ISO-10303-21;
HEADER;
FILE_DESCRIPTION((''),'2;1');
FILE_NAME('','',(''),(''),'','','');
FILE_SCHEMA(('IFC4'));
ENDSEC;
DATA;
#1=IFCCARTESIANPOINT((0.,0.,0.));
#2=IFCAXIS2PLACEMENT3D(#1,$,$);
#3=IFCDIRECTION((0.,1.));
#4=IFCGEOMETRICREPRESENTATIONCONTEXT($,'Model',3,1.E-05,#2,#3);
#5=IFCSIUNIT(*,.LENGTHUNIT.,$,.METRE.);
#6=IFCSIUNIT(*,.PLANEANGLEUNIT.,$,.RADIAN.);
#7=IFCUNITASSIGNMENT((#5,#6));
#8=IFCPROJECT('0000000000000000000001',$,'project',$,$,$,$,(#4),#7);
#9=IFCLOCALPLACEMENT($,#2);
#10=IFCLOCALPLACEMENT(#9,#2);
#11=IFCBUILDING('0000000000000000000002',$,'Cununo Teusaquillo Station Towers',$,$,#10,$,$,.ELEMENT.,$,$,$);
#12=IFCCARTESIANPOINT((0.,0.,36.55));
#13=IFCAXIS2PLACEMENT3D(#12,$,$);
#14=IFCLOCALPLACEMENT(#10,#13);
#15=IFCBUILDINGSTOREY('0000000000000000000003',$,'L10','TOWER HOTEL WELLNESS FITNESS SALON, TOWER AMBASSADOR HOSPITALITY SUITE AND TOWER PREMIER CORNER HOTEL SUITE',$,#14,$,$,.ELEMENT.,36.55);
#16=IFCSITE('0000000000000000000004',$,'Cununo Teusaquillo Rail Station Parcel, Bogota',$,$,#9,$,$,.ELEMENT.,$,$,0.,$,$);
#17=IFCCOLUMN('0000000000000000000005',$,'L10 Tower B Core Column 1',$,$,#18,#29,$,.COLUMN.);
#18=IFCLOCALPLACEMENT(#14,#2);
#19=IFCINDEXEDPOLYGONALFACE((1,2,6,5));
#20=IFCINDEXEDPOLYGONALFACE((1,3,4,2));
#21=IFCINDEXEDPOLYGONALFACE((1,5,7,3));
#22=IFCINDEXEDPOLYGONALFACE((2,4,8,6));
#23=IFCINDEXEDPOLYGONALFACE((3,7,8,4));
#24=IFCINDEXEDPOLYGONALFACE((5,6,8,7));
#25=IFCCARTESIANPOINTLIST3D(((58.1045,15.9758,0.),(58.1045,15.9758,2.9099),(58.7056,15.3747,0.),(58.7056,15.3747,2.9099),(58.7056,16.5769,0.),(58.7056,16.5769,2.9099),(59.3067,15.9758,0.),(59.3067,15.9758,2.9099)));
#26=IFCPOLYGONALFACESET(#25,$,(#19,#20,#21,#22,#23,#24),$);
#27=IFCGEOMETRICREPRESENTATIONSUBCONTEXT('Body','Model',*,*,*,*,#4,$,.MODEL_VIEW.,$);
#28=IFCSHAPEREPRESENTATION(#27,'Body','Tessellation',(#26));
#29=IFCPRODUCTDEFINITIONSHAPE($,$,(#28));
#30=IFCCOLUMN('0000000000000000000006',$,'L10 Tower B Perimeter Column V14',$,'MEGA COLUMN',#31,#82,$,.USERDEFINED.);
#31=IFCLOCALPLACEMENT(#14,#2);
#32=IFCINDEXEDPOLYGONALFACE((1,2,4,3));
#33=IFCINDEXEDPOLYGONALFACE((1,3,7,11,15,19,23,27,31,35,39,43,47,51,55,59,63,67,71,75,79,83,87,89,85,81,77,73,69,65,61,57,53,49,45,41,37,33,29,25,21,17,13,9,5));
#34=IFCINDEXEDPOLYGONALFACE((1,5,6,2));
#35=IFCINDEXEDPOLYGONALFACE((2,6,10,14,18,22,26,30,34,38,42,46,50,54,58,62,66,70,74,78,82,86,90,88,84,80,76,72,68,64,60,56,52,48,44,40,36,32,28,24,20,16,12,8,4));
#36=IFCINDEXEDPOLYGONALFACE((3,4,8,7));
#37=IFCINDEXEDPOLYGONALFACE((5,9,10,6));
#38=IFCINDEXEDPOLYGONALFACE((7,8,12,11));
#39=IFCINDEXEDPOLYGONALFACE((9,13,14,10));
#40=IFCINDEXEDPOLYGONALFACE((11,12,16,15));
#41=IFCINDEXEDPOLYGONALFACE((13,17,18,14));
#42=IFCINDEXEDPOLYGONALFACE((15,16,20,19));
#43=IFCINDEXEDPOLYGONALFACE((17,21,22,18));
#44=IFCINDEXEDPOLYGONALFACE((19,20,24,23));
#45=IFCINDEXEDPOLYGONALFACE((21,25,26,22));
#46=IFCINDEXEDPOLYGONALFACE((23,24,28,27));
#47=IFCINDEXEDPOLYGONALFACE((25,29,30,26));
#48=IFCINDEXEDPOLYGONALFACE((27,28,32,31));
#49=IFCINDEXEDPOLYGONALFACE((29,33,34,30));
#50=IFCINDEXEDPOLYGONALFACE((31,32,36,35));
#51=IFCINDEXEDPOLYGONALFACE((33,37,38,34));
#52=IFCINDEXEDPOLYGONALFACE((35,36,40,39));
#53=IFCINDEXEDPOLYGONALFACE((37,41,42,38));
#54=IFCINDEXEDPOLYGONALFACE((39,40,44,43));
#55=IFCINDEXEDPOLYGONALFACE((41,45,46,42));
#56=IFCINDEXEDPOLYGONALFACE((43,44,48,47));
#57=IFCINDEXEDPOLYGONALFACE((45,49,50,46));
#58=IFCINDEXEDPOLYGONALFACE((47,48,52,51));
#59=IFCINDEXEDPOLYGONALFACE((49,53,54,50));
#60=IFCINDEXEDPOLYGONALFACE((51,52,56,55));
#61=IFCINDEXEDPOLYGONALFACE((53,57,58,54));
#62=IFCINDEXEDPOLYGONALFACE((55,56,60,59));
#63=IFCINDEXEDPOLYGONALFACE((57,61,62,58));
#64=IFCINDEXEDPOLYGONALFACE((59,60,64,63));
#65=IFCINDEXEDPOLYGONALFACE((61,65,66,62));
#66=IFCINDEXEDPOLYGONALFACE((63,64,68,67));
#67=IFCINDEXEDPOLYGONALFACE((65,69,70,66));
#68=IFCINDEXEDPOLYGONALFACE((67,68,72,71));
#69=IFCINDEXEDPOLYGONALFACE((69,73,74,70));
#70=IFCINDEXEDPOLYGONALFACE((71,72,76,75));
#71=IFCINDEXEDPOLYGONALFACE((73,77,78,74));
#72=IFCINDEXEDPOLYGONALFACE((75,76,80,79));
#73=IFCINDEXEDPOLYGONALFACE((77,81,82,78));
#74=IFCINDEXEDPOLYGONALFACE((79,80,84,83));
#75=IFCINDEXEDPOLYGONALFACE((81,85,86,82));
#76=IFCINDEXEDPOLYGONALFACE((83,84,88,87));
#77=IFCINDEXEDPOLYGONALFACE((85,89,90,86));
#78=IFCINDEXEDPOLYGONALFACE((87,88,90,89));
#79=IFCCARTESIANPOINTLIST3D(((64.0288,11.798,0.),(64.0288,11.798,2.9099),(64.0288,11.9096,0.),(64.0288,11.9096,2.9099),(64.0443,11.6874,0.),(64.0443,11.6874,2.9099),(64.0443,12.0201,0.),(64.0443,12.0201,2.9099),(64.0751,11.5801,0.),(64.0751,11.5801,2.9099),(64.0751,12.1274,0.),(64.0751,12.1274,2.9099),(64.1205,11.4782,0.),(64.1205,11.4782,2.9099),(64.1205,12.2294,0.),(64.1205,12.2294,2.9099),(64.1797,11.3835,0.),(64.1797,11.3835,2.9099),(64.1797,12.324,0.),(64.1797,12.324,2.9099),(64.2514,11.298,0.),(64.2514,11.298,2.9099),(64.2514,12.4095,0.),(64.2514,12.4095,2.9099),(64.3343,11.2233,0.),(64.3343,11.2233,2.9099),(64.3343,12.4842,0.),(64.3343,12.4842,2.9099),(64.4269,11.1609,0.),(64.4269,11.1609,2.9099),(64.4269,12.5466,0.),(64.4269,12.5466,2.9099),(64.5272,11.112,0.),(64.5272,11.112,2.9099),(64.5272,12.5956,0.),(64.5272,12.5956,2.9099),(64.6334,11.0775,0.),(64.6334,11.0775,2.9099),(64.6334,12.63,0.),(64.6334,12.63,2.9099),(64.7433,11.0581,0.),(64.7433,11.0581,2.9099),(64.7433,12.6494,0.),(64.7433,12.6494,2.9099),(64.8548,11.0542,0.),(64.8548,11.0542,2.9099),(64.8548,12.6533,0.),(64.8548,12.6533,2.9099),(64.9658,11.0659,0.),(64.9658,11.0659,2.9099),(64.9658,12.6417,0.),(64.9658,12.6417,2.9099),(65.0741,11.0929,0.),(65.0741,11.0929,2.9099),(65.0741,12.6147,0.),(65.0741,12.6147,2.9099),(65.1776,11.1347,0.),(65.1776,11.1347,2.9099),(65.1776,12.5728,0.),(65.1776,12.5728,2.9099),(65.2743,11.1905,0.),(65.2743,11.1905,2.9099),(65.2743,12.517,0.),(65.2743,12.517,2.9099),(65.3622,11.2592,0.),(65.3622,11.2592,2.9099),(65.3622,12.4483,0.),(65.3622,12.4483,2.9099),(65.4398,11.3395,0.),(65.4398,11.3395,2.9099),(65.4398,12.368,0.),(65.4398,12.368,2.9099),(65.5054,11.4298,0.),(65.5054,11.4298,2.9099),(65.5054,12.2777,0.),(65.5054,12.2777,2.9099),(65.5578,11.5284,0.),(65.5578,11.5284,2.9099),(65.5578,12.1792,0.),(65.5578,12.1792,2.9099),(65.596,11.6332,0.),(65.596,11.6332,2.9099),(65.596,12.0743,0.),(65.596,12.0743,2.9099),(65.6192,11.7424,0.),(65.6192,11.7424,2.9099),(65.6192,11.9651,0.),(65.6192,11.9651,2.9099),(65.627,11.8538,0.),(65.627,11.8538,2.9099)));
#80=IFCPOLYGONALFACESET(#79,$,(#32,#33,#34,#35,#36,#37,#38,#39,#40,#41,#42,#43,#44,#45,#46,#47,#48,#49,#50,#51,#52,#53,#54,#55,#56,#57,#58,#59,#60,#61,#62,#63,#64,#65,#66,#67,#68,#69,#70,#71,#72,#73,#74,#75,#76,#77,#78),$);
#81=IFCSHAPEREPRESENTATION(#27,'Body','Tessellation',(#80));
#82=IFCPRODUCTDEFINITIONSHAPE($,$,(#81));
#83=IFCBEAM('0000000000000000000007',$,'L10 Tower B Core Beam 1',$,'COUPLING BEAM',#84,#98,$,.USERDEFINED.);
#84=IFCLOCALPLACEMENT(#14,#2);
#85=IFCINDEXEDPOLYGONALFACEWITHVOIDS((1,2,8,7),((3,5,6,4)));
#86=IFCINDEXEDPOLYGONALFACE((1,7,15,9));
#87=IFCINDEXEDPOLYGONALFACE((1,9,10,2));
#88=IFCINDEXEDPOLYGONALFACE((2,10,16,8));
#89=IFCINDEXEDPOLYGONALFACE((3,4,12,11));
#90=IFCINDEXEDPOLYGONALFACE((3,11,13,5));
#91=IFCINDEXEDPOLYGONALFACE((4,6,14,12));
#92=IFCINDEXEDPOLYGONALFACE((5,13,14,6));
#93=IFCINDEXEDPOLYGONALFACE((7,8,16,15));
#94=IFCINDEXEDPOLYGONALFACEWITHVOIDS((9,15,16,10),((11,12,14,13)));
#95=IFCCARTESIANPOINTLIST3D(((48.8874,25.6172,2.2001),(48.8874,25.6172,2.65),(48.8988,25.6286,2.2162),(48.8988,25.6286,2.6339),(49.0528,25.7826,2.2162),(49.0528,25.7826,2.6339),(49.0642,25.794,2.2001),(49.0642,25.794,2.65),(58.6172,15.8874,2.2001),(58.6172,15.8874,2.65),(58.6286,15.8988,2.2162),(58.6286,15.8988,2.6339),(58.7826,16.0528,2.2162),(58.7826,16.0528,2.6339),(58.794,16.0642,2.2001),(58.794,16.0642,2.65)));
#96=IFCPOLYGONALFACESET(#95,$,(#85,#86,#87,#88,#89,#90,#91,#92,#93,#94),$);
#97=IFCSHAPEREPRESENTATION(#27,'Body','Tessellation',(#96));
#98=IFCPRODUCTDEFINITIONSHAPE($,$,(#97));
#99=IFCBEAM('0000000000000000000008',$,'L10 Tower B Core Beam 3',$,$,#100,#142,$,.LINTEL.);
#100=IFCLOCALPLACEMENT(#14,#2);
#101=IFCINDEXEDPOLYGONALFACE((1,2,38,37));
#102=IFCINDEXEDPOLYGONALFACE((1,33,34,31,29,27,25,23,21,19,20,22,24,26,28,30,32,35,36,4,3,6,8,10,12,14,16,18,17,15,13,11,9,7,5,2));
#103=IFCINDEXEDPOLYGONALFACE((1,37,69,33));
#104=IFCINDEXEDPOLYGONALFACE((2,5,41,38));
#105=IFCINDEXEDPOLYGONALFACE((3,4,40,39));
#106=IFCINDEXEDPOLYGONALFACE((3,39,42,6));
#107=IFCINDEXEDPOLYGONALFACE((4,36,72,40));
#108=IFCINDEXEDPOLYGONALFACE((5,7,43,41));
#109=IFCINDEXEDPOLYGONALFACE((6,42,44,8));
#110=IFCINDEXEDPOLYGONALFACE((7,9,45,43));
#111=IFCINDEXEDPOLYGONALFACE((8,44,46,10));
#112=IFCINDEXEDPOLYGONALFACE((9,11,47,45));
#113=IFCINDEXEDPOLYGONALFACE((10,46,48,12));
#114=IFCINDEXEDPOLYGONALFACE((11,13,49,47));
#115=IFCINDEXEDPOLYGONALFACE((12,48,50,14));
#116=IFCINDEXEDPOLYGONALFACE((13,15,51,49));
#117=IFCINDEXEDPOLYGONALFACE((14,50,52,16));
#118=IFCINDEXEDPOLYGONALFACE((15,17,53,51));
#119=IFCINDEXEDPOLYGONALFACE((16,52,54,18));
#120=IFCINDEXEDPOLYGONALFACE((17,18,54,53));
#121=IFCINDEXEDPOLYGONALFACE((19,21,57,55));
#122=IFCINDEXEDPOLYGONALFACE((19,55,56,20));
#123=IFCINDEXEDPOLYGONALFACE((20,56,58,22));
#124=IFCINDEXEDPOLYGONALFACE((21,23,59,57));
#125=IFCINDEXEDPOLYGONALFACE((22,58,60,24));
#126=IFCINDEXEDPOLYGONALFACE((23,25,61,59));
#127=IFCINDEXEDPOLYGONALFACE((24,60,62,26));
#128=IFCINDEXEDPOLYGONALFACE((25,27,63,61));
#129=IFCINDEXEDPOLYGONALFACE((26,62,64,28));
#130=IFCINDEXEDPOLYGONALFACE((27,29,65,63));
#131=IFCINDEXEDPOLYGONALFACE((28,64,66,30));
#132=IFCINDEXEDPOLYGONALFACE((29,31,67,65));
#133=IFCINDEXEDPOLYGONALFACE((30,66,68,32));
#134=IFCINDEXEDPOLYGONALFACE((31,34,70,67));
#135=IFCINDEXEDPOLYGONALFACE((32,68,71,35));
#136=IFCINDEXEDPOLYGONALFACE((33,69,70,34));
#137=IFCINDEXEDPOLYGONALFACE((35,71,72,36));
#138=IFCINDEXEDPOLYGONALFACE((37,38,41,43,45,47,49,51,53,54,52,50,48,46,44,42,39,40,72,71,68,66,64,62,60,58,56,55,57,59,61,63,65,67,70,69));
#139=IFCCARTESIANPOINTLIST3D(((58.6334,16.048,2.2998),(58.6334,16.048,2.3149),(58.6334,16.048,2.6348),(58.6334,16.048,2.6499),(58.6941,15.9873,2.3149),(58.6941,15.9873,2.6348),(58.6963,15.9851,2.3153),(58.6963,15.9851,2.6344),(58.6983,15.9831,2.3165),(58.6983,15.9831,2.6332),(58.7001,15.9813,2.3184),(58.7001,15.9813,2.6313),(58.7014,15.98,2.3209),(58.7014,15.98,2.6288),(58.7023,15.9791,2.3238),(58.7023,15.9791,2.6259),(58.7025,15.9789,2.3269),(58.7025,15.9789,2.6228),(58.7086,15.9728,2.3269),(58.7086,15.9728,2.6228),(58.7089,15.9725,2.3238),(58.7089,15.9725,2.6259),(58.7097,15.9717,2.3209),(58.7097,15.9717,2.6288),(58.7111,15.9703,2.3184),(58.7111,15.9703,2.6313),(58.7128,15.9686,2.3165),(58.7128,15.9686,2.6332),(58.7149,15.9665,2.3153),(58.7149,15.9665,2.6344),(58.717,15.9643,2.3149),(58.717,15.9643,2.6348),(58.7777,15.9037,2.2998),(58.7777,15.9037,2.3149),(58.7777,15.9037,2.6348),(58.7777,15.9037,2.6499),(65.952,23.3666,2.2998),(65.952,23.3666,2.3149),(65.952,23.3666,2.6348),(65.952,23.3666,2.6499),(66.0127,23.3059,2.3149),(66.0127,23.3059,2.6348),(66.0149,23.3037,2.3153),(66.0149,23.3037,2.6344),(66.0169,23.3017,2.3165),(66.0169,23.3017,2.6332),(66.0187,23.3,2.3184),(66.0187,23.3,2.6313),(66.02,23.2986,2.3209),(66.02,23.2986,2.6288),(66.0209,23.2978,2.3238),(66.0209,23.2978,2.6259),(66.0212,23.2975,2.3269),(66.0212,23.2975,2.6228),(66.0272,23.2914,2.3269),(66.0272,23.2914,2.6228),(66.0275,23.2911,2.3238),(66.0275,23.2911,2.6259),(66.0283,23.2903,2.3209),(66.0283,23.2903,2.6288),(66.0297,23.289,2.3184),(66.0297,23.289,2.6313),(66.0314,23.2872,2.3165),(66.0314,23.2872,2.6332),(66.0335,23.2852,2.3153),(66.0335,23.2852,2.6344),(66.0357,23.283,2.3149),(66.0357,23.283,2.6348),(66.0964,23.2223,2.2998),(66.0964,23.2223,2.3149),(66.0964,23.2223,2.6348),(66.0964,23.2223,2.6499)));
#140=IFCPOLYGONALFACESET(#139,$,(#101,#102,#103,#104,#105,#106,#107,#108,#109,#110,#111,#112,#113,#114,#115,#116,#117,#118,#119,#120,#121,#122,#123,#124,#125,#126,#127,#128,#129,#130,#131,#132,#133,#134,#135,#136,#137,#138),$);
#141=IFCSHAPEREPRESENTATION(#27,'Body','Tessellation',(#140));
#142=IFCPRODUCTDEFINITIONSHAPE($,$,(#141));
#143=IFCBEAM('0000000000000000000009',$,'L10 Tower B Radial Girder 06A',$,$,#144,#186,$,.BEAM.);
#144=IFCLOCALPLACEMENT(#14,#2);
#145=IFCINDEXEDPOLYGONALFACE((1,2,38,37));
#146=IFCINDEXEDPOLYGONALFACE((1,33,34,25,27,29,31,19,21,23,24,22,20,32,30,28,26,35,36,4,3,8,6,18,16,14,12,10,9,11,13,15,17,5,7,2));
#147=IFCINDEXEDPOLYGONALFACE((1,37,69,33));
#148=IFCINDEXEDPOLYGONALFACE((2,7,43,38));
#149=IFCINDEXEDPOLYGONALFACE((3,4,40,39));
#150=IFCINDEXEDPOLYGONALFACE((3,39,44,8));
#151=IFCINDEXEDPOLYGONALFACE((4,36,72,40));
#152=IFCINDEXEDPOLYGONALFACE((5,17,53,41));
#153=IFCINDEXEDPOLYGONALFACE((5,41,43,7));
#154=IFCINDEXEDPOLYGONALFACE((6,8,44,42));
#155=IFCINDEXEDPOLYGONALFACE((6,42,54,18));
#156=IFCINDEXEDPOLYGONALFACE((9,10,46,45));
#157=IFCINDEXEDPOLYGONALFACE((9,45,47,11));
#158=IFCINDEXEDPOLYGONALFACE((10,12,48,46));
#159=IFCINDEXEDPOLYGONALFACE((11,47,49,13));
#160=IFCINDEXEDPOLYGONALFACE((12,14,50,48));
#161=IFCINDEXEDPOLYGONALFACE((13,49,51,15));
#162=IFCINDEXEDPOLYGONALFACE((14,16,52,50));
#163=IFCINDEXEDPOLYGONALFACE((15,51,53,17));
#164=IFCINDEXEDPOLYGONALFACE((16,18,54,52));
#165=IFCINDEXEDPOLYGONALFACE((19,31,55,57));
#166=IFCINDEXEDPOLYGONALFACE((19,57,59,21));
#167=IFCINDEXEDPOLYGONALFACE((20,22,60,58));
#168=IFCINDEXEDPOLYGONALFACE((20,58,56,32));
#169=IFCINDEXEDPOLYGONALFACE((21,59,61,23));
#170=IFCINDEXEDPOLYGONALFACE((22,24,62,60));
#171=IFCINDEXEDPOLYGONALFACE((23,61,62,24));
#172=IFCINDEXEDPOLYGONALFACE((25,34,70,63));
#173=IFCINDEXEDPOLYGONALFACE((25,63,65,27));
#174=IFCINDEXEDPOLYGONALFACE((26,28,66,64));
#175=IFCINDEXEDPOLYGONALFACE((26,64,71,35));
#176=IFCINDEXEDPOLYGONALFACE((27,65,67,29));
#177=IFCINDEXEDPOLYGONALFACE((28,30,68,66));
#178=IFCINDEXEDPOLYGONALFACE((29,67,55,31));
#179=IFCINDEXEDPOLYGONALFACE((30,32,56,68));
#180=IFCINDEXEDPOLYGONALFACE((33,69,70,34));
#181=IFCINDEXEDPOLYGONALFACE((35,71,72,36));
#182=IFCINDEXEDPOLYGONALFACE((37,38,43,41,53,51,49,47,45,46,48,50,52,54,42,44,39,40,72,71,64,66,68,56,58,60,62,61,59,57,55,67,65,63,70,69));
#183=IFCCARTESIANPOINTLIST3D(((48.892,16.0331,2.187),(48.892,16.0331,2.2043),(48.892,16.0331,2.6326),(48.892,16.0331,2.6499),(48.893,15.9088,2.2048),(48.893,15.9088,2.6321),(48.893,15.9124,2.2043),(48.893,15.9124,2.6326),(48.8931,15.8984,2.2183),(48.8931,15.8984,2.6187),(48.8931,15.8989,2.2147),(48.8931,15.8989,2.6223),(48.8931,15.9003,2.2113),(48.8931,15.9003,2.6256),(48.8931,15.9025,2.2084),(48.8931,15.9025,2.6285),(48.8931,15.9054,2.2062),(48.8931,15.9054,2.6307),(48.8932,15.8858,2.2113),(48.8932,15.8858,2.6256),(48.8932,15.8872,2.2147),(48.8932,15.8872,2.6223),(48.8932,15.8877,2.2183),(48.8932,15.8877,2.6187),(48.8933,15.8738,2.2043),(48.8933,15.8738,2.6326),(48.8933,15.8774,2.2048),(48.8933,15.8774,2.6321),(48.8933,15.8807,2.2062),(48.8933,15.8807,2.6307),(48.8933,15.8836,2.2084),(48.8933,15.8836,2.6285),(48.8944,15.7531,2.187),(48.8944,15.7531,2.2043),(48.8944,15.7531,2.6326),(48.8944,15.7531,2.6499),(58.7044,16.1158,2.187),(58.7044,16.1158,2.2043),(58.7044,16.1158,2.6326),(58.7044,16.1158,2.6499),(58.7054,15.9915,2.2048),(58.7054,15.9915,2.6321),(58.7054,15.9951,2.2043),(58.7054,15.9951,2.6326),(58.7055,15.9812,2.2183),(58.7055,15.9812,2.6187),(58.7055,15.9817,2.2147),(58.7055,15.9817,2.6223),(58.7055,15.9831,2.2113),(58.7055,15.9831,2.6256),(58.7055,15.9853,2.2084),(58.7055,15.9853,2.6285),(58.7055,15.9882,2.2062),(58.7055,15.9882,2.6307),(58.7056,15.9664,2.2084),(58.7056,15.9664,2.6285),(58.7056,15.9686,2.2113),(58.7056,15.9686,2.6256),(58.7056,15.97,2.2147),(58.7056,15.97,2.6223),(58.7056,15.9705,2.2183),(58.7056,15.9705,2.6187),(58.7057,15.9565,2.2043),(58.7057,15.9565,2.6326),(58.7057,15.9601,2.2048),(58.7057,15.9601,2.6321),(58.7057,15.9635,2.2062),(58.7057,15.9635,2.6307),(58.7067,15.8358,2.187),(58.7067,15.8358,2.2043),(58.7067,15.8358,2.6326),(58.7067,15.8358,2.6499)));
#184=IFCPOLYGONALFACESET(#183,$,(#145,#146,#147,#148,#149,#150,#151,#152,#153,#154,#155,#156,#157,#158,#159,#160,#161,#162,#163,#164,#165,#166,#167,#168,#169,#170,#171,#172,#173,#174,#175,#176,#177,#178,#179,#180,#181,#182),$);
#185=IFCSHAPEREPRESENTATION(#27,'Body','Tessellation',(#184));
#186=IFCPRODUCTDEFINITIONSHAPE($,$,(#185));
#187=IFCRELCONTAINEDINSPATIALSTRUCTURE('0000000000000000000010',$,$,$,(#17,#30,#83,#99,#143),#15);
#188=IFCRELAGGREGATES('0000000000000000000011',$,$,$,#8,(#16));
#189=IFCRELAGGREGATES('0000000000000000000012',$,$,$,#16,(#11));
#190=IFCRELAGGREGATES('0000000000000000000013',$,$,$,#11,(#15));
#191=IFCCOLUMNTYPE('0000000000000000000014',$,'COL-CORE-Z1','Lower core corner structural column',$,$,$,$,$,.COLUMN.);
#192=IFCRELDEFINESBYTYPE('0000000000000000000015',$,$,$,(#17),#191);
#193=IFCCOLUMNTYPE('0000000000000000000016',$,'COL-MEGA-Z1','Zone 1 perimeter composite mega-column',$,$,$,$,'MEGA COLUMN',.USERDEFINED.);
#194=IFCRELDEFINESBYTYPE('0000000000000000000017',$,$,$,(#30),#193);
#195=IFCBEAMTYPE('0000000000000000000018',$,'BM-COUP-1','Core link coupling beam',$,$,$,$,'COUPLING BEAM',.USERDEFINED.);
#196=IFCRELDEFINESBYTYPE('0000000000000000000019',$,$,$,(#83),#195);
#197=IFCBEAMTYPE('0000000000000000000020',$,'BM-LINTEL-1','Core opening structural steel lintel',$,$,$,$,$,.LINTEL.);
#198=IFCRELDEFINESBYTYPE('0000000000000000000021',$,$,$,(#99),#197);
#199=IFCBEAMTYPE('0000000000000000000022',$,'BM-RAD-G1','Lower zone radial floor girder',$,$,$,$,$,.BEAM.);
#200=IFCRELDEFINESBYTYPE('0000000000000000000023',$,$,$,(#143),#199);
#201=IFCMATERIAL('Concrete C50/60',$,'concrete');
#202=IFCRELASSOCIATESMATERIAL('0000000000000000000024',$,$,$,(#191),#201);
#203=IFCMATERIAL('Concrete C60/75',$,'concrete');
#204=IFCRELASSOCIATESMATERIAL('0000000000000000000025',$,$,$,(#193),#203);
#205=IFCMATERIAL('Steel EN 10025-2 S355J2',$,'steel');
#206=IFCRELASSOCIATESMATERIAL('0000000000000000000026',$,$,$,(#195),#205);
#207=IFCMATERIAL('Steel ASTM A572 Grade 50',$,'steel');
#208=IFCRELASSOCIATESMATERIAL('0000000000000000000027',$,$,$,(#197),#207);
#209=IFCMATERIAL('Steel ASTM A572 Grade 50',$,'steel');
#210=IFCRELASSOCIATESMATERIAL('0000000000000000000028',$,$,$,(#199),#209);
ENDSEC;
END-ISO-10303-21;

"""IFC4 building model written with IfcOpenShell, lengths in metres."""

from ifc_helpers import new_model, si_unit, direction, frame, origin, origin_2d, place, context, subcontext, project, spatial, rectangle, hollow_rectangle, circle, i_section, extrude, material, material_profile, profile_set, type_object, element, save


model = new_model("IFC4")

# Units and contexts
model_context = context("Model", 3, precision=1e-05, world=origin(), true_north=direction((0.0, 1.0)))
body_context = subcontext(model_context, "Body", "Model", "MODEL_VIEW")
ifc_project = project(units=[si_unit("LENGTHUNIT", "METRE"), si_unit("PLANEANGLEUNIT", "RADIAN")], contexts=[model_context])

# Site, building, storey
site_placement = place(None, origin())
site = spatial("IfcSite", under=ifc_project, at=site_placement, Name="Cununo Teusaquillo Rail Station Parcel, Bogota", CompositionType="ELEMENT", RefElevation=0.0)
building_placement = place(site_placement, origin())
building = spatial("IfcBuilding", under=site, at=building_placement, Name="Cununo Teusaquillo Station Towers", CompositionType="ELEMENT")
storey_placement = place(building_placement, frame((0.0, 0.0, 36.55)))
storey = spatial("IfcBuildingStorey", under=building, at=storey_placement, Name="L10", Description="TOWER HOTEL WELLNESS FITNESS SALON, TOWER AMBASSADOR HOSPITALITY SUITE AND TOWER PREMIER CORNER HOTEL SUITE", CompositionType="ELEMENT", Elevation=36.55)

# Columns
ifc_material_1 = material(Name="Concrete C50/60", Category="concrete")
ifc_material_profile_1 = material_profile(ifc_material_1, rectangle(XDim=0.8501, YDim=0.8501, at=origin_2d()), Name="RC-RECT-850x850")
ifc_profile_set_1 = profile_set([ifc_material_profile_1], Name="Concrete C50/60")
column_type_1 = type_object("IfcColumnType", Name="COL-CORE-Z1", Description="Lower core corner structural column", PredefinedType="COLUMN", material=ifc_profile_set_1)
column_1_placement = place(storey_placement, frame((58.7056, 15.9758, 0.0), z_axis=(0.0, 0.0, 1.0), x_axis=(0.707107, 0.707107, 0.0)))
element("IfcColumn", 1, at=column_1_placement, inside=storey, type_object=column_type_1, Name="L10 Tower B Core Column 1", PredefinedType="COLUMN", context=body_context, shape_type="SweptSolid", body=[
    extrude(rectangle(XDim=0.8501, YDim=0.8501, at=origin_2d()), origin(), (0.0, 0.0, 1.0), 2.9099),
])
ifc_material_2 = material(Name="Concrete C60/75", Category="concrete")
ifc_material_profile_2 = material_profile(ifc_material_2, circle(Radius=0.8, at=origin_2d()), Name="RC-CIRC-1600")
ifc_profile_set_2 = profile_set([ifc_material_profile_2], Name="Concrete C60/75")
column_type_2 = type_object("IfcColumnType", Name="COL-MEGA-Z1", Description="Zone 1 perimeter composite mega-column", ElementType="MEGA COLUMN", PredefinedType="USERDEFINED", material=ifc_profile_set_2)
column_2_placement = place(storey_placement, frame((64.8269, 11.8538, 0.0), z_axis=(0.0, 0.0, 1.0), x_axis=(1.0, 0.0, 0.0)))
element("IfcColumn", 2, at=column_2_placement, inside=storey, type_object=column_type_2, Name="L10 Tower B Perimeter Column V14", ObjectType="MEGA COLUMN", PredefinedType="USERDEFINED", context=body_context, shape_type="SweptSolid", body=[
    extrude(circle(Radius=0.8, at=origin_2d()), origin(), (0.0, 0.0, 1.0), 2.9099),
])

# Beams
ifc_material_3 = material(Name="Steel EN 10025-2 S355J2", Category="steel")
ifc_material_profile_3 = material_profile(ifc_material_3, hollow_rectangle(XDim=0.25, YDim=0.45, WallThickness=0.0161, at=origin_2d()), Name="RHS 450x250x16")
ifc_profile_set_3 = profile_set([ifc_material_profile_3], Name="Steel EN 10025-2 S355J2")
beam_type_1 = type_object("IfcBeamType", Name="BM-COUP-1", Description="Core link coupling beam", ElementType="COUPLING BEAM", PredefinedType="USERDEFINED", material=ifc_profile_set_3)
beam_1_placement = place(storey_placement, frame((58.7056, 15.9758, 2.425), z_axis=(-0.707107, 0.707107, 0.0), x_axis=(-0.707107, -0.707107, 0.0)))
element("IfcBeam", 3, at=beam_1_placement, inside=storey, type_object=beam_type_1, Name="L10 Tower B Core Beam 1", ObjectType="COUPLING BEAM", PredefinedType="USERDEFINED", context=body_context, shape_type="SweptSolid", body=[
    extrude(hollow_rectangle(XDim=0.25, YDim=0.45, WallThickness=0.0161, at=origin_2d()), origin(), (0.0, 0.0, 1.0), 13.76),
])
ifc_material_4 = material(Name="Steel ASTM A572 Grade 50", Category="steel")
ifc_material_profile_4 = material_profile(ifc_material_4, i_section(OverallWidth=0.2041, OverallDepth=0.3501, WebThickness=0.0085, FlangeThickness=0.0151, FilletRadius=0.012, at=origin_2d()), Name="W14X48")
ifc_profile_set_4 = profile_set([ifc_material_profile_4], Name="Steel ASTM A572 Grade 50")
beam_type_2 = type_object("IfcBeamType", Name="BM-LINTEL-1", Description="Core opening structural steel lintel", PredefinedType="LINTEL", material=ifc_profile_set_4)
beam_2_placement = place(storey_placement, frame((58.7056, 15.9758, 2.4749), z_axis=(0.707107, 0.707107, 0.0), x_axis=(-0.707107, 0.707107, 0.0)))
element("IfcBeam", 4, at=beam_2_placement, inside=storey, type_object=beam_type_2, Name="L10 Tower B Core Beam 3", PredefinedType="LINTEL", context=body_context, shape_type="SweptSolid", body=[
    extrude(i_section(OverallWidth=0.2041, OverallDepth=0.3501, WebThickness=0.0085, FlangeThickness=0.0151, FilletRadius=0.012, at=origin_2d()), origin(), (0.0, 0.0, 1.0), 10.3501),
])
ifc_material_5 = material(Name="Steel ASTM A572 Grade 50", Category="steel")
ifc_material_profile_5 = material_profile(ifc_material_5, i_section(OverallWidth=0.28, OverallDepth=0.4629, WebThickness=0.0107, FlangeThickness=0.0173, FilletRadius=0.0139, at=origin_2d()), Name="W18X76")
ifc_profile_set_5 = profile_set([ifc_material_profile_5], Name="Steel ASTM A572 Grade 50")
beam_type_3 = type_object("IfcBeamType", Name="BM-RAD-G1", Description="Lower zone radial floor girder", PredefinedType="BEAM", material=ifc_profile_set_5)
beam_3_placement = place(storey_placement, frame((58.7056, 15.9758, 2.4185), z_axis=(-0.999964, -0.008434, 0.0), x_axis=(0.008434, -0.999964, 0.0)))
element("IfcBeam", 5, at=beam_3_placement, inside=storey, type_object=beam_type_3, Name="L10 Tower B Radial Girder 06A", PredefinedType="BEAM", context=body_context, shape_type="SweptSolid", body=[
    extrude(i_section(OverallWidth=0.28, OverallDepth=0.4629, WebThickness=0.0107, FlangeThickness=0.0173, FilletRadius=0.0139, at=origin_2d()), origin(), (0.0, 0.0, 1.0), 9.8127),
])

save(model, "model.ifc")
